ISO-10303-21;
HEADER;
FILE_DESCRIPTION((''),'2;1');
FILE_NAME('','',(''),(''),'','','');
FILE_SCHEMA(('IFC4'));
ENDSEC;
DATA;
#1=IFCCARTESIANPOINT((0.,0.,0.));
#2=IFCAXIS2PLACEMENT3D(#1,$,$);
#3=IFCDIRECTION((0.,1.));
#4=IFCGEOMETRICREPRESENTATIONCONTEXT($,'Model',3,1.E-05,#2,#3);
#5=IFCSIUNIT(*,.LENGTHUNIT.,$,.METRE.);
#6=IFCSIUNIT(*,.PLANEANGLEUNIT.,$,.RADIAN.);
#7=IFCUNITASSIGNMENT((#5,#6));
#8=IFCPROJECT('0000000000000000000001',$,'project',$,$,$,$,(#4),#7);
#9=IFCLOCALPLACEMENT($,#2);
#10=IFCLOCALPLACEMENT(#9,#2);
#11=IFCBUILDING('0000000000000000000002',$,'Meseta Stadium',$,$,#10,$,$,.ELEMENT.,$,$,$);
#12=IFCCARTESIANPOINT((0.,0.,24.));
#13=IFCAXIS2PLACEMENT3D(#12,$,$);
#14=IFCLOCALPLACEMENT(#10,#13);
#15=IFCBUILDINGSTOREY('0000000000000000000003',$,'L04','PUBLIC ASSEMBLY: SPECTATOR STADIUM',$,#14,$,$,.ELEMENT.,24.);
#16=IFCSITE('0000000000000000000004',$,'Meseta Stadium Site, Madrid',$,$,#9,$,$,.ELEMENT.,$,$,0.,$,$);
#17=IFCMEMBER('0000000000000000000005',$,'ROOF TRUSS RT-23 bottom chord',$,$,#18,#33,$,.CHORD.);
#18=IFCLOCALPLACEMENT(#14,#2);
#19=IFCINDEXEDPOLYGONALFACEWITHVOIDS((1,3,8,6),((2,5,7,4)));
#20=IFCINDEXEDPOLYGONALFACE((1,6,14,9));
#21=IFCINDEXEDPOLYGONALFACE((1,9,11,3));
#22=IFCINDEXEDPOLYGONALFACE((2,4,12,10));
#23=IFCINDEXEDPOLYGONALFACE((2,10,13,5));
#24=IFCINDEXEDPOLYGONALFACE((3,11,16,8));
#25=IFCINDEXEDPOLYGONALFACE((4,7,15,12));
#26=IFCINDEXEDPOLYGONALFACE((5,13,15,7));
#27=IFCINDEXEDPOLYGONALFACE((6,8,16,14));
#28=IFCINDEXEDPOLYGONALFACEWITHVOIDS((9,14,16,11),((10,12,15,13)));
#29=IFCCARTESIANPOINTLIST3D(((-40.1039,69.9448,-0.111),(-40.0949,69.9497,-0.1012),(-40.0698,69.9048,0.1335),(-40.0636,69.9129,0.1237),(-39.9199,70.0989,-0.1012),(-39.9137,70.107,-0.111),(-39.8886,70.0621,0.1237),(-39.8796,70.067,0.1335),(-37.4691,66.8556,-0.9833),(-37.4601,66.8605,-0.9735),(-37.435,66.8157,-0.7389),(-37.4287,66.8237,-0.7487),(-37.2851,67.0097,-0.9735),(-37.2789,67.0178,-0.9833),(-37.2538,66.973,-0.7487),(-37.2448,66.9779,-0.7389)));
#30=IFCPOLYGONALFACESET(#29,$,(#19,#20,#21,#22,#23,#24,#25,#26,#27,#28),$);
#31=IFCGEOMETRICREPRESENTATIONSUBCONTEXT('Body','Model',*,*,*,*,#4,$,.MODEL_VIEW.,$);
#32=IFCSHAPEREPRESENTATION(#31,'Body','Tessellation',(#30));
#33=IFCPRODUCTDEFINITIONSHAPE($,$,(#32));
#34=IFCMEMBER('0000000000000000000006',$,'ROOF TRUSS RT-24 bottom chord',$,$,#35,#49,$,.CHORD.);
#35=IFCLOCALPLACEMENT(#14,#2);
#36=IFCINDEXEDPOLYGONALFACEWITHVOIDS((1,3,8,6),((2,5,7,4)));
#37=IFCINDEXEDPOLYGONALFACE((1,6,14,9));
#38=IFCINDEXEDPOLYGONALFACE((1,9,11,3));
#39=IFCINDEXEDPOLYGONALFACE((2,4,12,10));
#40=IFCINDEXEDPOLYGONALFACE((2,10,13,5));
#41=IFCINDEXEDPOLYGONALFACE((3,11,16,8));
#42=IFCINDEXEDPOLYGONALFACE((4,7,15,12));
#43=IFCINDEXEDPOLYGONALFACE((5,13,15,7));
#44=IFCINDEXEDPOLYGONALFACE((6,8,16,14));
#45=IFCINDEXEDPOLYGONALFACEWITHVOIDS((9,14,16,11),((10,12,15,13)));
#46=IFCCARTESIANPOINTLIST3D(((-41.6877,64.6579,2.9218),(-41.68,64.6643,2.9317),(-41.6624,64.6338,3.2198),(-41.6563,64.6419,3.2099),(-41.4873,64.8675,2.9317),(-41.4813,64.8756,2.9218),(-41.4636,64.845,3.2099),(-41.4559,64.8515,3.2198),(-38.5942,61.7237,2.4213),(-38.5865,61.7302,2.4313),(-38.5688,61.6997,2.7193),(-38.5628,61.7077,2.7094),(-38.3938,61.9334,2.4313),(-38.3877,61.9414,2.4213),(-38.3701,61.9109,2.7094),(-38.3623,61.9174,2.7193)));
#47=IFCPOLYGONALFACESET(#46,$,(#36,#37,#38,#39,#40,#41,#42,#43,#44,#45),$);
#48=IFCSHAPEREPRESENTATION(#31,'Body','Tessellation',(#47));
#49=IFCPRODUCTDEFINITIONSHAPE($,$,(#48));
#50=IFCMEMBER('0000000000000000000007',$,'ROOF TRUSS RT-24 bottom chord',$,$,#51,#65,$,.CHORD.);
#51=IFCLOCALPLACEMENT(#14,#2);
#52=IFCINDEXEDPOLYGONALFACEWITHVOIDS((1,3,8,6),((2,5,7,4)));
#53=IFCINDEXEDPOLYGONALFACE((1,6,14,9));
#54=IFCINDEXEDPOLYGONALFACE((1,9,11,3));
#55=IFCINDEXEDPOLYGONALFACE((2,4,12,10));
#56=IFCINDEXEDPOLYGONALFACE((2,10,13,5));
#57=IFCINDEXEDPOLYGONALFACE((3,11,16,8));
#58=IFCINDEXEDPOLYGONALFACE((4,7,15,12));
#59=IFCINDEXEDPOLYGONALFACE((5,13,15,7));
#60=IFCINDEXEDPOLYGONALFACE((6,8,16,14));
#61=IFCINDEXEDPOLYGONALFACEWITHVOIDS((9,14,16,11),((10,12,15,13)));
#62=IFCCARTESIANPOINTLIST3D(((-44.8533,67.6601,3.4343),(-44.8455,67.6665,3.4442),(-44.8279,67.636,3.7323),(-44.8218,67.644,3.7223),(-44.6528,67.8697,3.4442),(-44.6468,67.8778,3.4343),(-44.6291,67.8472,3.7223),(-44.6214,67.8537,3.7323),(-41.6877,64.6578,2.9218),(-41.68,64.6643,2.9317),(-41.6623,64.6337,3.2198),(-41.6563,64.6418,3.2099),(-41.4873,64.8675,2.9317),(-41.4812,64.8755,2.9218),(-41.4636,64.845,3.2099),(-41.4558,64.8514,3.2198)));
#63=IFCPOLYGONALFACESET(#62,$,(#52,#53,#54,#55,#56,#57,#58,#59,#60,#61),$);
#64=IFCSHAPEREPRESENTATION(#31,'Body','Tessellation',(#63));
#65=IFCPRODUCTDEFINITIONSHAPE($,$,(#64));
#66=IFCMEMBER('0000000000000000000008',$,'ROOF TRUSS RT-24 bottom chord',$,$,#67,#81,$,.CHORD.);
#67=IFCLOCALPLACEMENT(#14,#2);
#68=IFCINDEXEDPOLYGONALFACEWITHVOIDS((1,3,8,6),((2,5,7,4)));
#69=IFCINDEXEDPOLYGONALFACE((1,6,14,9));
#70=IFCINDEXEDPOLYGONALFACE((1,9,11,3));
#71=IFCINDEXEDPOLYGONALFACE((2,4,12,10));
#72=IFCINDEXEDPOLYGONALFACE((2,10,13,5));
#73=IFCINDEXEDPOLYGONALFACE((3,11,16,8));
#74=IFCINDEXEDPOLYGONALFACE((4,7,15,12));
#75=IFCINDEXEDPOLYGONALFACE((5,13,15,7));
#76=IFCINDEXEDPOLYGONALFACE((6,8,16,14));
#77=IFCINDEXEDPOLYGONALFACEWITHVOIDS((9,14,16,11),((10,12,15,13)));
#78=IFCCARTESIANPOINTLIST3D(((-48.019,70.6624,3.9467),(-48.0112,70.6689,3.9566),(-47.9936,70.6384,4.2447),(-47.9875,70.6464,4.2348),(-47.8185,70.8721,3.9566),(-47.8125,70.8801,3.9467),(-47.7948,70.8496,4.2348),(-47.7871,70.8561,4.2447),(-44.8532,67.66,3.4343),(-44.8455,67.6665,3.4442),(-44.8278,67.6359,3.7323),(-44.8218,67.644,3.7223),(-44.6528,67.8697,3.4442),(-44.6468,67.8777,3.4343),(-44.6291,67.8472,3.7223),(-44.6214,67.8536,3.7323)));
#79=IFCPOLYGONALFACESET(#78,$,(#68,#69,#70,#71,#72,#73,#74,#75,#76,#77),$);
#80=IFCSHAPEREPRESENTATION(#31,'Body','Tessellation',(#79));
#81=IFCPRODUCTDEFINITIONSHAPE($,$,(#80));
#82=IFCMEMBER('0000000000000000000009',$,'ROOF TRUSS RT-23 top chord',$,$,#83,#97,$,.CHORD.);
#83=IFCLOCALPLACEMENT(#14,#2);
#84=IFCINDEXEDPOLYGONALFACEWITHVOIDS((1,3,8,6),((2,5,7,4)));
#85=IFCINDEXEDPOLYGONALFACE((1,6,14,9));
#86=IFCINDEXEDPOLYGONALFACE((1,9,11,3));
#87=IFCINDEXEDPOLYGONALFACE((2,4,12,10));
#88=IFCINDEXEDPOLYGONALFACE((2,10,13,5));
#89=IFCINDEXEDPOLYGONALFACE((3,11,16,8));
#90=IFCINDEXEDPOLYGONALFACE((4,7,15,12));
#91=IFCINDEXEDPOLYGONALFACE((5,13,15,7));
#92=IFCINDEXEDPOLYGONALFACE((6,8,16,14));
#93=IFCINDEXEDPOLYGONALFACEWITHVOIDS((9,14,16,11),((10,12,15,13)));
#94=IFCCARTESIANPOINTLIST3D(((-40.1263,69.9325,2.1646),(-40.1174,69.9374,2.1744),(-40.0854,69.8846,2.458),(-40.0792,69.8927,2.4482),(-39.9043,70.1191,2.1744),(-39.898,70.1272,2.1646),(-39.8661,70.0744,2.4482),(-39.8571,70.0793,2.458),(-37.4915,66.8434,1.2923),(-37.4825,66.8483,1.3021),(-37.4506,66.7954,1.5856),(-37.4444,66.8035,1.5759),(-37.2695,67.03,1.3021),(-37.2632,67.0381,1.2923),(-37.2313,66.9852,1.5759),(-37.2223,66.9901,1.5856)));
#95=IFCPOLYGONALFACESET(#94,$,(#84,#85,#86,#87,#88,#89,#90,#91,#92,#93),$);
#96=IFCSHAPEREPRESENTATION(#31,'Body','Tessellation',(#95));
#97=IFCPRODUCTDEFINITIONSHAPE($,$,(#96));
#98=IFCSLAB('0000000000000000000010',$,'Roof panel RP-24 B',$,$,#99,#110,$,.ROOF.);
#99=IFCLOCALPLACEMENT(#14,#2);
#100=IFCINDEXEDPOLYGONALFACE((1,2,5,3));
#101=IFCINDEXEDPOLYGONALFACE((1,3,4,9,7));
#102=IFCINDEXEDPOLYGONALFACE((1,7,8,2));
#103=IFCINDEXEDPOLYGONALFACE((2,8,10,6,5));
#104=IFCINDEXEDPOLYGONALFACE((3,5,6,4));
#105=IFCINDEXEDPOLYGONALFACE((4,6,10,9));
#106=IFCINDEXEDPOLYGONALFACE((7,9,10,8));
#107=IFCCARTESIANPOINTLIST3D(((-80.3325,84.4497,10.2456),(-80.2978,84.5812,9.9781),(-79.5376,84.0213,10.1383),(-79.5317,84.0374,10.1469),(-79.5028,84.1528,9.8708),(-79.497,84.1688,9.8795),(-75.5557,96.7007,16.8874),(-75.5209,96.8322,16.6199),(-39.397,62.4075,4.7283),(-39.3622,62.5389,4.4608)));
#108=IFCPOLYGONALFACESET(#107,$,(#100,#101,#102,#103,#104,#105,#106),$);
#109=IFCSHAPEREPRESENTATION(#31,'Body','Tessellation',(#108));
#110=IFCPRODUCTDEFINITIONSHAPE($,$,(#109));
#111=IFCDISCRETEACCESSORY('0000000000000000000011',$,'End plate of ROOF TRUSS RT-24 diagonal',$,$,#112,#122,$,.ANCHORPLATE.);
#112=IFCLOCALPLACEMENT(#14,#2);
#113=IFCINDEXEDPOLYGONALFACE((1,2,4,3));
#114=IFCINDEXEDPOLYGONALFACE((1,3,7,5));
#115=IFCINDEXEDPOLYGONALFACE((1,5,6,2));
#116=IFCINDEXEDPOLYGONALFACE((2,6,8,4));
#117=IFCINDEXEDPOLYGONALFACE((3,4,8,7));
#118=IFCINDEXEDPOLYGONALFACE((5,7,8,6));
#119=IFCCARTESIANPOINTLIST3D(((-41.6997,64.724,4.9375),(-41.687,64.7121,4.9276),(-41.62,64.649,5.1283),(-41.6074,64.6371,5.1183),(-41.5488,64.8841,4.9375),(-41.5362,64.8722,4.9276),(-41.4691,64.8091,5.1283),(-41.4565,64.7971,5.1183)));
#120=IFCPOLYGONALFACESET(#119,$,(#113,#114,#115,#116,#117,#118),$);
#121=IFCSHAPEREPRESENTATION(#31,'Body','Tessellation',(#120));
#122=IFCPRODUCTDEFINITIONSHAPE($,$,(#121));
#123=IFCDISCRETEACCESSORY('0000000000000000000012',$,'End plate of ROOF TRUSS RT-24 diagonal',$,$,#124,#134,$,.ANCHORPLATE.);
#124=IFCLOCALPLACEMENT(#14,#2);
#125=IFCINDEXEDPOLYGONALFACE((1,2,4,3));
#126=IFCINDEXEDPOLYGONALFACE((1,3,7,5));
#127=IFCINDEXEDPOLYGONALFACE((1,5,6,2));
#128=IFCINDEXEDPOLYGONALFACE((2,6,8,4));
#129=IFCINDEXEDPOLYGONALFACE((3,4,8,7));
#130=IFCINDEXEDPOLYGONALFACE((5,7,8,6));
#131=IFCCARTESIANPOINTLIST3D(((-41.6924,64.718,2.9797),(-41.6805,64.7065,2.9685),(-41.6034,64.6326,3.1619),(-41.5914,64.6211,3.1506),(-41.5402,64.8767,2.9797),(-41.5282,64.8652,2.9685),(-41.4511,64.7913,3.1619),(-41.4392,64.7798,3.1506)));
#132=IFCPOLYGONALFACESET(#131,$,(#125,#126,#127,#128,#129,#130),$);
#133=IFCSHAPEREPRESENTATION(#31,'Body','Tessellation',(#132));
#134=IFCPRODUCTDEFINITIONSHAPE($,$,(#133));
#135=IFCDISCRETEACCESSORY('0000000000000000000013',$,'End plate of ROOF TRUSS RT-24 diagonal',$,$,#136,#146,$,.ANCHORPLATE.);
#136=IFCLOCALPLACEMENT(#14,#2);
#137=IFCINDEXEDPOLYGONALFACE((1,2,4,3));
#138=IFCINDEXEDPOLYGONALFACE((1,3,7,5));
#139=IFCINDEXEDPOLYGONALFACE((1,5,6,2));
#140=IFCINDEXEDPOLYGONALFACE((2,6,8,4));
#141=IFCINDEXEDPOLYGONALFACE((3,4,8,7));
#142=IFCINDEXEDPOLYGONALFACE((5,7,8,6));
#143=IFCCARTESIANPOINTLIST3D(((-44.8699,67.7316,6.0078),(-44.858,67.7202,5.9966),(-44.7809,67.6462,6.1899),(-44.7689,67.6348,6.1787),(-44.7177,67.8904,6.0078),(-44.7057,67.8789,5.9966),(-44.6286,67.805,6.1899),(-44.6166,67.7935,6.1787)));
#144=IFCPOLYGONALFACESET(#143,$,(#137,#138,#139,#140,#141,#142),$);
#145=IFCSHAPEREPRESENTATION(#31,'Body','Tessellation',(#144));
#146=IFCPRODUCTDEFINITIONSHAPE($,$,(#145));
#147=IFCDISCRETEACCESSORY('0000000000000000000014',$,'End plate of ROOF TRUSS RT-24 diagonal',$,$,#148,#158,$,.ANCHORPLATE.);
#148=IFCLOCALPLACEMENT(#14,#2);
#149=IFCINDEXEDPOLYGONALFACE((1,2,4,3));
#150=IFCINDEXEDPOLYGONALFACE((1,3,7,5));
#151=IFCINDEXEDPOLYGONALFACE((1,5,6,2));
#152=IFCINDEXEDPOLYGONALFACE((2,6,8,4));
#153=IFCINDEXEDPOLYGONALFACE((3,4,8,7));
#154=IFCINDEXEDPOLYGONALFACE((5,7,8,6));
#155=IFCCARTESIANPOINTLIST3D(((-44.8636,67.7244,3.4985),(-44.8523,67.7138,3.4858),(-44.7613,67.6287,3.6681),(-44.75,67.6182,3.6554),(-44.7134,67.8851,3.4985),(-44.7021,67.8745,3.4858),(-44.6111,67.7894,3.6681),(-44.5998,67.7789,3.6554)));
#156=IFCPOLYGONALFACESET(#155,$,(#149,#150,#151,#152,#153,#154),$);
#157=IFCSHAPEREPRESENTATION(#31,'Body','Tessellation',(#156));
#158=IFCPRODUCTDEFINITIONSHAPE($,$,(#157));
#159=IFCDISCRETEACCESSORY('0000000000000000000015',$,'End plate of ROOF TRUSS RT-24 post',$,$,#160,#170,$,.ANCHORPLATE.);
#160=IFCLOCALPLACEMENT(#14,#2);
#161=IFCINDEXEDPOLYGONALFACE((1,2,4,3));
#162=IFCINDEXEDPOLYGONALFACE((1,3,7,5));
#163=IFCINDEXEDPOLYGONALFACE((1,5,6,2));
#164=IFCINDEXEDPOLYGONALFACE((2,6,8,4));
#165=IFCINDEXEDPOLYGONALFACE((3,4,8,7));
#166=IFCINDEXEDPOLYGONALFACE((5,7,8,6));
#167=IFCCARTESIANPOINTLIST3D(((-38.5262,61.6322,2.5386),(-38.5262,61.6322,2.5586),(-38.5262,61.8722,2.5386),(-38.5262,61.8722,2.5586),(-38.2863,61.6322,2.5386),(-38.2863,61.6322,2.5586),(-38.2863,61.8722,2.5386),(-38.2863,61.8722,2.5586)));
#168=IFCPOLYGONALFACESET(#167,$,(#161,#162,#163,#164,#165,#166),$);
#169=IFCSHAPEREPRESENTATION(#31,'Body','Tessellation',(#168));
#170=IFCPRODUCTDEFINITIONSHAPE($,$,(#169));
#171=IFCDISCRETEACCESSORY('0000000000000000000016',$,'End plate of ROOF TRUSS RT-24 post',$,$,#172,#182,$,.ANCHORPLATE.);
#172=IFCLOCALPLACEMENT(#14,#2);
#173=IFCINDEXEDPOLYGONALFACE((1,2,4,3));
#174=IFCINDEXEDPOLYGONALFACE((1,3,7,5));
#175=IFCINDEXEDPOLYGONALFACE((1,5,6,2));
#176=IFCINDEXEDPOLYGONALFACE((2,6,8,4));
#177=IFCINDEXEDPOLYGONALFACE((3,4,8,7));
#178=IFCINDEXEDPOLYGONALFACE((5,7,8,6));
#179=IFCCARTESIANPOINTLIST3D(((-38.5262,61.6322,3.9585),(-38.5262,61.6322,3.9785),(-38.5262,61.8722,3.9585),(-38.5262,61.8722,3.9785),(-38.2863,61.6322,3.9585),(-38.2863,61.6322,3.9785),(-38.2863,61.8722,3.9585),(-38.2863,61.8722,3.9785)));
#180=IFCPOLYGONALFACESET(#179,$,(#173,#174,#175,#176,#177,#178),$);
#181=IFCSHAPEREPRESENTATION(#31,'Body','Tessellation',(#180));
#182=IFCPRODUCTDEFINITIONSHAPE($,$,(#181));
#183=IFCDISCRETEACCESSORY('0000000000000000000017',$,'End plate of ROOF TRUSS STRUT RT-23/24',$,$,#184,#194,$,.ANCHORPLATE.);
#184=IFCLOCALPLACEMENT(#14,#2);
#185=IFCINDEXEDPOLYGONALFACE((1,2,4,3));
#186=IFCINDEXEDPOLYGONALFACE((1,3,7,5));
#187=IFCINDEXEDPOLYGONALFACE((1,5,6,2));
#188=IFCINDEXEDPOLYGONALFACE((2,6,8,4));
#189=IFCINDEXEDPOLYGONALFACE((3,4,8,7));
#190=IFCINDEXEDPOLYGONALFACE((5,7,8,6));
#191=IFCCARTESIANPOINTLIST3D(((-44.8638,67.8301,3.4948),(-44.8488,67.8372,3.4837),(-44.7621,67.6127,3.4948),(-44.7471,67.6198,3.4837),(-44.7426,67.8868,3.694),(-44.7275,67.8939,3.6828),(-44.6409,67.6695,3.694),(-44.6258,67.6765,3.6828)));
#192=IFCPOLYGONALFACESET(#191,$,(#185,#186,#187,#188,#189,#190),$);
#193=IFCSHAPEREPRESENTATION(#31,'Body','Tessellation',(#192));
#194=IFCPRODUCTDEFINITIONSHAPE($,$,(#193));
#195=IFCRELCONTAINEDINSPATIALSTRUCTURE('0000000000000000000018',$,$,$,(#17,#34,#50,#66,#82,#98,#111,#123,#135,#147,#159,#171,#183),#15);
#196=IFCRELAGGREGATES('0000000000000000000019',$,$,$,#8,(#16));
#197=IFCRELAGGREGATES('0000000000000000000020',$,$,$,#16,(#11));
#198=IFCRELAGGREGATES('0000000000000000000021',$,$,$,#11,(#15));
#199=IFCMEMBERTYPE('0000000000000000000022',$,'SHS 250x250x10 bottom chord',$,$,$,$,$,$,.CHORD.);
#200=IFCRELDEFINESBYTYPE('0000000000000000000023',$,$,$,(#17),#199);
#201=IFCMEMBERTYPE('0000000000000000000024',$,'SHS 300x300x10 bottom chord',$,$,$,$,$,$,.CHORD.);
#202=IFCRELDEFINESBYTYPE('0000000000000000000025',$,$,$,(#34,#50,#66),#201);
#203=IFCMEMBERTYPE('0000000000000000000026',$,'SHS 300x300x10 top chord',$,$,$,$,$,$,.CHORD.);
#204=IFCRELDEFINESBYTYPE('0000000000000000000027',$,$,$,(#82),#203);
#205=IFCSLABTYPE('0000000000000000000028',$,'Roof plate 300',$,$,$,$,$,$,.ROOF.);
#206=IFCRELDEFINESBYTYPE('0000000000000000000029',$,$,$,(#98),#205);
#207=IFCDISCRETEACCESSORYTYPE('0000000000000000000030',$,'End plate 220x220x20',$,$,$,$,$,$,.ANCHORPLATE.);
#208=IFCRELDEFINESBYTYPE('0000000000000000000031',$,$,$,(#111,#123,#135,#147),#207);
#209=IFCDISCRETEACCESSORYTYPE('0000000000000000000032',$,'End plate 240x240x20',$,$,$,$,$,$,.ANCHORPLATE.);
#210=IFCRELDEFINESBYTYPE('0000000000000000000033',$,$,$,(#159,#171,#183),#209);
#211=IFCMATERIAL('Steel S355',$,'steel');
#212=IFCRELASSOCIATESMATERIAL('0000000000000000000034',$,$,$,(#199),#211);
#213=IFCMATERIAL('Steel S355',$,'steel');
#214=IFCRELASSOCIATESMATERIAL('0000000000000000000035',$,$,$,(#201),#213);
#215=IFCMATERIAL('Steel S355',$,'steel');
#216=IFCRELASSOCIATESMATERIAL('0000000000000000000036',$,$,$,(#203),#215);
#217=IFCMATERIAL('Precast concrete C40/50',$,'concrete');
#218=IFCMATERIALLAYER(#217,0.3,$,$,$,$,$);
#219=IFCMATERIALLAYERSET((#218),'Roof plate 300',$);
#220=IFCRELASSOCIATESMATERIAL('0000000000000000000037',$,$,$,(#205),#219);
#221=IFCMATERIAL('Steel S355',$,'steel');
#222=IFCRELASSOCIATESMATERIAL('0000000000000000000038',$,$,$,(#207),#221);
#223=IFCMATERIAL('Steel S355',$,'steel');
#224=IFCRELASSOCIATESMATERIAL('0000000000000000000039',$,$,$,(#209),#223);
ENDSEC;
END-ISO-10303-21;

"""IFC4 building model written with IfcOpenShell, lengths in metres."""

from ifc_helpers import new_model, si_unit, direction, frame, origin, origin_2d, place, context, subcontext, project, spatial, polyline, rectangle, hollow_rectangle, outline, extrude, material, layer, layer_set, material_profile, profile_set, type_object, element, save


model = new_model("IFC4")

# Units and contexts
model_context = context("Model", 3, precision=1e-05, world=origin(), true_north=direction((0.0, 1.0)))
body_context = subcontext(model_context, "Body", "Model", "MODEL_VIEW")
ifc_project = project(units=[si_unit("LENGTHUNIT", "METRE"), si_unit("PLANEANGLEUNIT", "RADIAN")], contexts=[model_context])

# Site, building, storey
site_placement = place(None, origin())
site = spatial("IfcSite", under=ifc_project, at=site_placement, Name="Meseta Stadium Site, Madrid", CompositionType="ELEMENT", RefElevation=0.0)
building_placement = place(site_placement, origin())
building = spatial("IfcBuilding", under=site, at=building_placement, Name="Meseta Stadium", CompositionType="ELEMENT")
storey_placement = place(building_placement, frame((0.0, 0.0, 24.0)))
storey = spatial("IfcBuildingStorey", under=building, at=storey_placement, Name="L04", Description="PUBLIC ASSEMBLY: SPECTATOR STADIUM", CompositionType="ELEMENT", Elevation=24.0)

# Members
ifc_material_1 = material(Name="Steel S355", Category="steel")
ifc_material_profile_1 = material_profile(ifc_material_1, hollow_rectangle(XDim=0.25, YDim=0.25, WallThickness=0.01, at=origin_2d()), Name="SHS 250x250x10")
ifc_profile_set_1 = profile_set([ifc_material_profile_1], Name="Steel S355")
member_type_1 = type_object("IfcMemberType", Name="SHS 250x250x10 bottom chord", PredefinedType="CHORD", material=ifc_profile_set_1)
member_1_placement = place(storey_placement, frame((-37.3569, 66.9167, -0.8611), z_axis=(-0.634459, 0.743867, 0.210056), x_axis=(-0.760842, -0.648937, 0.0)))
element("IfcMember", 1, at=member_1_placement, inside=storey, type_object=member_type_1, Name="ROOF TRUSS RT-23 bottom chord", PredefinedType="CHORD", context=body_context, shape_type="SweptSolid", body=[
    extrude(hollow_rectangle(XDim=0.25, YDim=0.25, WallThickness=0.01, at=origin_2d()), origin(), (0.0, 0.0, 1.0), 4.1528),
])
ifc_material_2 = material(Name="Steel S355", Category="steel")
ifc_material_profile_2 = material_profile(ifc_material_2, hollow_rectangle(XDim=0.3, YDim=0.3, WallThickness=0.01, at=origin_2d()), Name="SHS 300x300x10")
ifc_profile_set_2 = profile_set([ifc_material_profile_2], Name="Steel S355")
member_type_2 = type_object("IfcMemberType", Name="SHS 300x300x10 bottom chord", PredefinedType="CHORD", material=ifc_profile_set_2)
member_2_placement = place(storey_placement, frame((-38.4783, 61.8206, 2.5703), z_axis=(-0.720608, 0.683471, 0.116585), x_axis=(-0.688164, -0.725555, 0.0)))
element("IfcMember", 2, at=member_2_placement, inside=storey, type_object=member_type_2, Name="ROOF TRUSS RT-24 bottom chord", PredefinedType="CHORD", context=body_context, shape_type="SweptSolid", body=[
    extrude(hollow_rectangle(XDim=0.3, YDim=0.3, WallThickness=0.01, at=origin_2d()), origin(), (0.0, 0.0, 1.0), 4.293),
])
member_3_placement = place(storey_placement, frame((-41.5718, 64.7546, 3.0708), z_axis=(-0.720623, 0.683442, 0.116658), x_axis=(-0.68814, -0.725578, 0.0)))
element("IfcMember", 3, at=member_3_placement, inside=storey, type_object=member_type_2, Name="ROOF TRUSS RT-24 bottom chord", PredefinedType="CHORD", context=body_context, shape_type="SweptSolid", body=[
    extrude(hollow_rectangle(XDim=0.3, YDim=0.3, WallThickness=0.01, at=origin_2d()), origin(), (0.0, 0.0, 1.0), 4.3928),
])
member_4_placement = place(storey_placement, frame((-44.7373, 67.7568, 3.5833), z_axis=(-0.720623, 0.683444, 0.116649), x_axis=(-0.688142, -0.725576, 0.0)))
element("IfcMember", 4, at=member_4_placement, inside=storey, type_object=member_type_2, Name="ROOF TRUSS RT-24 bottom chord", PredefinedType="CHORD", context=body_context, shape_type="SweptSolid", body=[
    extrude(hollow_rectangle(XDim=0.3, YDim=0.3, WallThickness=0.01, at=origin_2d()), origin(), (0.0, 0.0, 1.0), 4.3931),
])
ifc_material_3 = material(Name="Steel S355", Category="steel")
ifc_material_profile_3 = material_profile(ifc_material_3, hollow_rectangle(XDim=0.3, YDim=0.3, WallThickness=0.01, at=origin_2d()), Name="SHS 300x300x10")
ifc_profile_set_3 = profile_set([ifc_material_profile_3], Name="Steel S355")
member_type_3 = type_object("IfcMemberType", Name="SHS 300x300x10 top chord", PredefinedType="CHORD", material=ifc_profile_set_3)
member_5_placement = place(storey_placement, frame((-37.3569, 66.9167, 1.439), z_axis=(-0.634459, 0.743867, 0.210056), x_axis=(-0.760842, -0.648937, 0.0)))
element("IfcMember", 5, at=member_5_placement, inside=storey, type_object=member_type_3, Name="ROOF TRUSS RT-23 top chord", PredefinedType="CHORD", context=body_context, shape_type="SweptSolid", body=[
    extrude(hollow_rectangle(XDim=0.3, YDim=0.3, WallThickness=0.01, at=origin_2d()), origin(), (0.0, 0.0, 1.0), 4.1528),
])

# Slab
ifc_material_4 = material(Name="Precast concrete C40/50", Category="concrete")
ifc_layer = layer(ifc_material_4, 0.3)
ifc_layer_set = layer_set([ifc_layer], Name="Roof plate 300")
slab_type = type_object("IfcSlabType", Name="Roof plate 300", PredefinedType="ROOF", material=ifc_layer_set)
slab_placement = place(storey_placement, frame((-39.397, 62.4075, 4.7283), z_axis=(-0.115774, -0.438137, 0.891421), x_axis=(-0.704897, 0.668531, 0.237037)))
element("IfcSlab", 6, at=slab_placement, inside=storey, type_object=slab_type, Name="Roof panel RP-24 B", PredefinedType="ROOF", context=body_context, shape_type="SweptSolid", body=[
    extrude(outline(polyline([(0.0, 0.0), (51.2964, 0.0), (44.8991, 13.27), (44.0269, 13.0126), (44.0356, 12.9955), (0.0, 0.0)])), origin(), (0.0, 0.0, -1.0), 0.3),
])

# Discrete accessories
ifc_material_5 = material(Name="Steel S355", Category="steel")
ifc_material_profile_4 = material_profile(ifc_material_5, rectangle(XDim=0.22, YDim=0.22, at=origin_2d()), Name="PL 220x220")
ifc_profile_set_4 = profile_set([ifc_material_profile_4], Name="Steel S355")
discrete_accessory_type_1 = type_object("IfcDiscreteAccessoryType", Name="End plate 220x220x20", PredefinedType="ANCHORPLATE", material=ifc_profile_set_4)
for number, where, z_axis, x_axis, name in (
    (7, (-41.5718, 64.7546, 5.0229), (-0.631243, 0.594825, 0.497711), (-0.685801, -0.727789, 0.0), "End plate of ROOF TRUSS RT-24 diagonal"),
    (8, (-41.5598, 64.7432, 3.0596), (-0.597472, 0.573086, 0.560892), (-0.692225, -0.721682, 0.0), "End plate of ROOF TRUSS RT-24 diagonal"),
    (9, (-44.7373, 67.7568, 6.0876), (-0.597472, 0.573086, 0.560892), (-0.692225, -0.721682, 0.0), "End plate of ROOF TRUSS RT-24 diagonal"),
    (10, (-44.7261, 67.7463, 3.5706), (-0.563284, 0.526548, 0.636756), (-0.682884, -0.730527, 0.0), "End plate of ROOF TRUSS RT-24 diagonal"),
):
    element("IfcDiscreteAccessory", number, at=place(storey_placement, frame(where, z_axis=z_axis, x_axis=x_axis)), inside=storey, type_object=discrete_accessory_type_1, Name=name, PredefinedType="ANCHORPLATE", context=body_context, shape_type="SweptSolid", body=[
        extrude(rectangle(XDim=0.22, YDim=0.22, at=origin_2d()), origin(), (0.0, 0.0, 1.0), 0.02),
    ])
ifc_material_6 = material(Name="Steel S355", Category="steel")
ifc_material_profile_5 = material_profile(ifc_material_6, rectangle(XDim=0.24, YDim=0.24, at=origin_2d()), Name="PL 240x240")
ifc_profile_set_5 = profile_set([ifc_material_profile_5], Name="Steel S355")
discrete_accessory_type_2 = type_object("IfcDiscreteAccessoryType", Name="End plate 240x240x20", PredefinedType="ANCHORPLATE", material=ifc_profile_set_5)
for number, where, z_axis, x_axis, name in (
    (11, (-38.4062, 61.7522, 2.5386), (0.0, 0.0, 1.0), (1.0, 0.0, 0.0), "End plate of ROOF TRUSS RT-24 post"),
    (12, (-38.4062, 61.7522, 3.9585), (0.0, 0.0, 1.0), (1.0, 0.0, 0.0), "End plate of ROOF TRUSS RT-24 post"),
    (13, (-44.7373, 67.7568, 3.5833), (-0.751805, -0.351651, 0.557791), (0.423685, -0.90581, 0.0), "End plate of ROOF TRUSS STRUT RT-23/24"),
):
    element("IfcDiscreteAccessory", number, at=place(storey_placement, frame(where, z_axis=z_axis, x_axis=x_axis)), inside=storey, type_object=discrete_accessory_type_2, Name=name, PredefinedType="ANCHORPLATE", context=body_context, shape_type="SweptSolid", body=[
        extrude(rectangle(XDim=0.24, YDim=0.24, at=origin_2d()), origin(), (0.0, 0.0, 1.0), 0.02),
    ])

save(model, "model.ifc")
